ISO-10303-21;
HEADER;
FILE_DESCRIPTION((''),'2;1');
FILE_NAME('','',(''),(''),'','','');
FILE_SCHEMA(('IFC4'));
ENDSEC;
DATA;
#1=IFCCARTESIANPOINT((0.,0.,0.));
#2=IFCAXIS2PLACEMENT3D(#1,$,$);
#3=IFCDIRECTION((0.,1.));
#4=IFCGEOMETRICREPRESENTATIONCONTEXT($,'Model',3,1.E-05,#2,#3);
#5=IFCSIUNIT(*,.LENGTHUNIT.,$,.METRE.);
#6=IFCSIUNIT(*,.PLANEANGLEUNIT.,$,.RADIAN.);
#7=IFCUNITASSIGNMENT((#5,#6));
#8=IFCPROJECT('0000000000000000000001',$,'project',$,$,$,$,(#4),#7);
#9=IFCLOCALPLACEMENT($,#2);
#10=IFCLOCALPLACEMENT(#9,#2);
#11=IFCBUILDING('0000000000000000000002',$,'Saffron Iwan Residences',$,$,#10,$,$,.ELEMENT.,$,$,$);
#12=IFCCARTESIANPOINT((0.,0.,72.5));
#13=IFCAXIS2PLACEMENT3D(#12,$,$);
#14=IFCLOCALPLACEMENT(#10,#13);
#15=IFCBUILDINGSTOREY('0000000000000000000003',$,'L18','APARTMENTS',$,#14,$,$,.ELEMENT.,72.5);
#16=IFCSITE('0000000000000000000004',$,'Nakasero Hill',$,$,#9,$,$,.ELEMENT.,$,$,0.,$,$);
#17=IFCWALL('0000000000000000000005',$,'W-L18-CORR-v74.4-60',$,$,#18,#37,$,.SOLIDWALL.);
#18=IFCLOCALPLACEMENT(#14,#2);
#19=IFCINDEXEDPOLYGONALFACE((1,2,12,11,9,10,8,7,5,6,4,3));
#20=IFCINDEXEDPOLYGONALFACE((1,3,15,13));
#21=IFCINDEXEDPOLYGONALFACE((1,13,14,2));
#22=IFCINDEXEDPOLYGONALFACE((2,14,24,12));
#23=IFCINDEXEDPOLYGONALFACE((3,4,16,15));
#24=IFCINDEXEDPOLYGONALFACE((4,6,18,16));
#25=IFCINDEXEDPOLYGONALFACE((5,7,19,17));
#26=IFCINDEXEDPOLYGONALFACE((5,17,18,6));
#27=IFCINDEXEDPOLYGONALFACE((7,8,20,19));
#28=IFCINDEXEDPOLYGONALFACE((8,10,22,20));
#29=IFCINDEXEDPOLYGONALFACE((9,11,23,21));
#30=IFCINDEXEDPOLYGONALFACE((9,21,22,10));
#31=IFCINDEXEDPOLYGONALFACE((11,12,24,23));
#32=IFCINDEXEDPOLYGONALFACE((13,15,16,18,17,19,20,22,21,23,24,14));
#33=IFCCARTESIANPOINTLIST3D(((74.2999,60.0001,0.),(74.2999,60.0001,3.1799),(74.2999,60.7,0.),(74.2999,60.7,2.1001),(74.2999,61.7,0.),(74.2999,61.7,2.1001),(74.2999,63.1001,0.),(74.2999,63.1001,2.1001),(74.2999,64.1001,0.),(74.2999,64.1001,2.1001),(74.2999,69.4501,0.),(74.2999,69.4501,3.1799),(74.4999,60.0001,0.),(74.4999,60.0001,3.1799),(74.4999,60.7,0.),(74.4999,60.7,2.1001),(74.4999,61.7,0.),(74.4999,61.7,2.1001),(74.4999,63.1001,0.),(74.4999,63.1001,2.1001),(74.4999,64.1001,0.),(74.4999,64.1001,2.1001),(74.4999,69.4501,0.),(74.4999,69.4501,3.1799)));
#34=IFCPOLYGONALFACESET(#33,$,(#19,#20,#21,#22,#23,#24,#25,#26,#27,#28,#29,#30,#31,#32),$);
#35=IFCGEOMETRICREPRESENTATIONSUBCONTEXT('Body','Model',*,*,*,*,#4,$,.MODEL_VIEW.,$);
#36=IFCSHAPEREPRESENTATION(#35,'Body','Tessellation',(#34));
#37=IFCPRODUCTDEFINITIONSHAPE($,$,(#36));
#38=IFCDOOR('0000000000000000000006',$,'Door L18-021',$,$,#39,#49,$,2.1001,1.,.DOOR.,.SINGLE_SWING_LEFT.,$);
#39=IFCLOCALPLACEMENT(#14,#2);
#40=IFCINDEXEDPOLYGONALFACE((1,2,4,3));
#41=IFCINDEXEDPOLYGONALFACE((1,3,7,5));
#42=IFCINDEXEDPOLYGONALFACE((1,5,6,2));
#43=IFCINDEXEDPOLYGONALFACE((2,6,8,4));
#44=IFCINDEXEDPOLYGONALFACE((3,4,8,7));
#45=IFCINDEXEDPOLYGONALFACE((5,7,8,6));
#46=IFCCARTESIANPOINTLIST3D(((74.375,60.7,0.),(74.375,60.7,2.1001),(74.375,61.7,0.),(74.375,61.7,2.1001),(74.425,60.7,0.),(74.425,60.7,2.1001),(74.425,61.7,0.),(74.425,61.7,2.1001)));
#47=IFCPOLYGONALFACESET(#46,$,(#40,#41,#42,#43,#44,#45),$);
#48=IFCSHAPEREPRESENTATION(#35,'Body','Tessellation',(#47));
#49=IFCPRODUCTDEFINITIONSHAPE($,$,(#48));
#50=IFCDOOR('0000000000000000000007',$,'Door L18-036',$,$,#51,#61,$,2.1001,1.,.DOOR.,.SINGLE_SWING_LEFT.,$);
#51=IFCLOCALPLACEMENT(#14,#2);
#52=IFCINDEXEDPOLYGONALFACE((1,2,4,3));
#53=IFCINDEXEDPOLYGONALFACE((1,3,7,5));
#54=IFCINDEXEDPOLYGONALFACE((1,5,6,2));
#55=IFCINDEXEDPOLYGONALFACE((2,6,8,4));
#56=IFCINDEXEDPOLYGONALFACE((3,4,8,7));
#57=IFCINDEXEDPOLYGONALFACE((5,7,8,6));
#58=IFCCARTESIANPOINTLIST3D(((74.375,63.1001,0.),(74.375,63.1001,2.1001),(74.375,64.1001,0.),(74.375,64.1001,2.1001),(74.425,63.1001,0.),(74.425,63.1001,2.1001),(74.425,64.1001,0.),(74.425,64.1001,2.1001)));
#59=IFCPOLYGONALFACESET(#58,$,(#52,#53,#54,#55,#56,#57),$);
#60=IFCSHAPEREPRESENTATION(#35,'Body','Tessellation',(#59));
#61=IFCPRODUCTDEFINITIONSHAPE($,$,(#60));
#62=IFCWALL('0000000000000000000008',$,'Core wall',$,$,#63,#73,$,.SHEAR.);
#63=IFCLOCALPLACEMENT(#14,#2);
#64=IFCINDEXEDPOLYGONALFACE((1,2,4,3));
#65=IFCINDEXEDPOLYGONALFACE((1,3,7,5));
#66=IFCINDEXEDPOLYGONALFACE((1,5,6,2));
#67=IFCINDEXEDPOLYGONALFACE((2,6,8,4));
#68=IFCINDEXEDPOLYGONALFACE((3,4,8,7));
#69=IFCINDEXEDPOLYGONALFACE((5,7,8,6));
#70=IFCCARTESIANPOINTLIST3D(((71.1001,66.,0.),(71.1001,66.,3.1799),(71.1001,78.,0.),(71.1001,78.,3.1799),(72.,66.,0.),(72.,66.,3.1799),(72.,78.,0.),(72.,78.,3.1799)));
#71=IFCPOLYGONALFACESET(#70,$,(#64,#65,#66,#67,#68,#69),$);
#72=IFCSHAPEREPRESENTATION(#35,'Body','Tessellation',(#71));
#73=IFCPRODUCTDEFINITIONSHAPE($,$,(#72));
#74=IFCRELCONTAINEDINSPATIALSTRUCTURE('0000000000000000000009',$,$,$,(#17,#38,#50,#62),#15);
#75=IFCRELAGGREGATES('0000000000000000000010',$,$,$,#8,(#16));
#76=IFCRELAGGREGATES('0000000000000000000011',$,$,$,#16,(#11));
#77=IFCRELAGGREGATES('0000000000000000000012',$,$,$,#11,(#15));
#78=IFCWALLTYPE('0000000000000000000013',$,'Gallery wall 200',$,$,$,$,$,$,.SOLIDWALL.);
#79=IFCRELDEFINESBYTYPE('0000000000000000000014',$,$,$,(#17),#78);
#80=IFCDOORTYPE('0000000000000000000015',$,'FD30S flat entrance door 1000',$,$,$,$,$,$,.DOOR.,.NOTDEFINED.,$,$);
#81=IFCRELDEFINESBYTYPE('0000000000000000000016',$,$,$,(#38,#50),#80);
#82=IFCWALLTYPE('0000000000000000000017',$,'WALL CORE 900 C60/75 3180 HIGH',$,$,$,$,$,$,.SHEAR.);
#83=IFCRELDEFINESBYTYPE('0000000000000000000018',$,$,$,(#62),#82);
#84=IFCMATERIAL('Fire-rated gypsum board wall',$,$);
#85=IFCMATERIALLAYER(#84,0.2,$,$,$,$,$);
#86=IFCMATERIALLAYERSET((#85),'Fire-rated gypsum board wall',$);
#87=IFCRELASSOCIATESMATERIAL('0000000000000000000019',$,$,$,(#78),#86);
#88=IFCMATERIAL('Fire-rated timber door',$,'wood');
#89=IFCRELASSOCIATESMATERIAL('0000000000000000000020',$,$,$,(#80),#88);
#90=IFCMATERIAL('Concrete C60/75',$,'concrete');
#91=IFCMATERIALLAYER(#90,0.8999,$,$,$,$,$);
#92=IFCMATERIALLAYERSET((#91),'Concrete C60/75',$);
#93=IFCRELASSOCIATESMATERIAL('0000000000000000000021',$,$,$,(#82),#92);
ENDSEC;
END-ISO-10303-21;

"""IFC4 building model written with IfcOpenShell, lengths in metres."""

from ifc_helpers import new_model, si_unit, direction, frame, frame_2d, origin, place, context, subcontext, project, spatial, rectangle, extrude, material, layer, layer_set, type_object, element, fill, save


model = new_model("IFC4")

# Units and contexts
model_context = context("Model", 3, precision=1e-05, world=origin(), true_north=direction((0.0, 1.0)))
body_context = subcontext(model_context, "Body", "Model", "MODEL_VIEW")
ifc_project = project(units=[si_unit("LENGTHUNIT", "METRE"), si_unit("PLANEANGLEUNIT", "RADIAN")], contexts=[model_context])

# Site, building, storey
site_placement = place(None, origin())
site = spatial("IfcSite", under=ifc_project, at=site_placement, Name="Nakasero Hill", CompositionType="ELEMENT", RefElevation=0.0)
building_placement = place(site_placement, origin())
building = spatial("IfcBuilding", under=site, at=building_placement, Name="Saffron Iwan Residences", CompositionType="ELEMENT")
storey_placement = place(building_placement, frame((0.0, 0.0, 72.5)))
storey = spatial("IfcBuildingStorey", under=building, at=storey_placement, Name="L18", Description="APARTMENTS", CompositionType="ELEMENT", Elevation=72.5)

# Shared definitions
ifc_material_1 = material(Name="Concrete C60/75", Category="concrete")

# Shared definitions
ifc_material_2 = material(Name="Fire-rated gypsum board wall")

# Wall, openings, doors
ifc_layer_1 = layer(ifc_material_2, 0.2)
ifc_layer_set_1 = layer_set([ifc_layer_1], Name="Fire-rated gypsum board wall")
wall_type_1 = type_object("IfcWallType", Name="Gallery wall 200", PredefinedType="SOLIDWALL", material=ifc_layer_set_1)
wall_1_placement = place(storey_placement, frame((74.3999, 60.0, 0.0), z_axis=(0.0, 0.0, 1.0), x_axis=(0.0, 1.0, 0.0)))
wall_1 = element("IfcWall", 1, at=wall_1_placement, inside=storey, type_object=wall_type_1, Name="W-L18-CORR-v74.4-60", PredefinedType="SOLIDWALL", context=body_context, shape_type="SweptSolid", body=[
    extrude(rectangle(XDim=9.45, YDim=0.2, at=frame_2d((4.7251, 0.0))), origin(), (0.0, 0.0, 1.0), 3.1799),
])
opening_1_placement = place(wall_1_placement, frame((0.7, 0.0, 0.0)))
opening_1 = element("IfcOpeningElement", 2, at=opening_1_placement, cuts=wall_1, PredefinedType="OPENING", context=body_context, shape_type="SweptSolid", body=[
    extrude(rectangle(XDim=1.0, YDim=2.1001, at=frame_2d((0.5, 1.05))), frame((0.0, 0.1099, 0.0), z_axis=(0.0, -1.0, 0.0), x_axis=(1.0, 0.0, 0.0)), (0.0, 0.0, 1.0), 0.22),
])
opening_2_placement = place(wall_1_placement, frame((3.1001, 0.0, 0.0)))
opening_2 = element("IfcOpeningElement", 3, at=opening_2_placement, cuts=wall_1, PredefinedType="OPENING", context=body_context, shape_type="SweptSolid", body=[
    extrude(rectangle(XDim=1.0, YDim=2.1001, at=frame_2d((0.5, 1.05))), frame((0.0, 0.1099, 0.0), z_axis=(0.0, -1.0, 0.0), x_axis=(1.0, 0.0, 0.0)), (0.0, 0.0, 1.0), 0.22),
])
ifc_material_3 = material(Name="Fire-rated timber door", Category="wood")
door_type_1 = type_object("IfcDoorType", Name="FD30S flat entrance door 1000", OperationType="NOTDEFINED", PredefinedType="DOOR", material=ifc_material_3)
door_1_placement = place(opening_1_placement, origin())
door_1 = element("IfcDoor", 4, at=door_1_placement, inside=storey, type_object=door_type_1, Name="Door L18-021", OperationType="SINGLE_SWING_LEFT", OverallHeight=2.1001, OverallWidth=1.0, PredefinedType="DOOR", context=body_context, shape_type="SweptSolid", body=[
    extrude(rectangle(XDim=1.0, YDim=2.1001, at=frame_2d((0.5, 1.05))), frame((0.0, 0.0249, 0.0), z_axis=(0.0, -1.0, 0.0), x_axis=(1.0, 0.0, 0.0)), (0.0, 0.0, 1.0), 0.05),
])
fill(opening_1, door_1)
door_2_placement = place(opening_2_placement, origin())
door_2 = element("IfcDoor", 5, at=door_2_placement, inside=storey, type_object=door_type_1, Name="Door L18-036", OperationType="SINGLE_SWING_LEFT", OverallHeight=2.1001, OverallWidth=1.0, PredefinedType="DOOR", context=body_context, shape_type="SweptSolid", body=[
    extrude(rectangle(XDim=1.0, YDim=2.1001, at=frame_2d((0.5, 1.05))), frame((0.0, 0.0249, 0.0), z_axis=(0.0, -1.0, 0.0), x_axis=(1.0, 0.0, 0.0)), (0.0, 0.0, 1.0), 0.05),
])
fill(opening_2, door_2)

# Wall
ifc_layer_2 = layer(ifc_material_1, 0.8999)
ifc_layer_set_2 = layer_set([ifc_layer_2], Name="Concrete C60/75")
wall_type_2 = type_object("IfcWallType", Name="WALL CORE 900 C60/75 3180 HIGH", PredefinedType="SHEAR", material=ifc_layer_set_2)
wall_2_placement = place(storey_placement, frame((71.55, 66.0, 0.0), z_axis=(0.0, 0.0, 1.0), x_axis=(0.0, 1.0, 0.0)))
element("IfcWall", 6, at=wall_2_placement, inside=storey, type_object=wall_type_2, Name="Core wall", PredefinedType="SHEAR", context=body_context, shape_type="SweptSolid", body=[
    extrude(rectangle(XDim=12.0, YDim=0.8999, at=frame_2d((6.0, 0.0))), origin(), (0.0, 0.0, 1.0), 3.1799),
])

save(model, "model.ifc")
